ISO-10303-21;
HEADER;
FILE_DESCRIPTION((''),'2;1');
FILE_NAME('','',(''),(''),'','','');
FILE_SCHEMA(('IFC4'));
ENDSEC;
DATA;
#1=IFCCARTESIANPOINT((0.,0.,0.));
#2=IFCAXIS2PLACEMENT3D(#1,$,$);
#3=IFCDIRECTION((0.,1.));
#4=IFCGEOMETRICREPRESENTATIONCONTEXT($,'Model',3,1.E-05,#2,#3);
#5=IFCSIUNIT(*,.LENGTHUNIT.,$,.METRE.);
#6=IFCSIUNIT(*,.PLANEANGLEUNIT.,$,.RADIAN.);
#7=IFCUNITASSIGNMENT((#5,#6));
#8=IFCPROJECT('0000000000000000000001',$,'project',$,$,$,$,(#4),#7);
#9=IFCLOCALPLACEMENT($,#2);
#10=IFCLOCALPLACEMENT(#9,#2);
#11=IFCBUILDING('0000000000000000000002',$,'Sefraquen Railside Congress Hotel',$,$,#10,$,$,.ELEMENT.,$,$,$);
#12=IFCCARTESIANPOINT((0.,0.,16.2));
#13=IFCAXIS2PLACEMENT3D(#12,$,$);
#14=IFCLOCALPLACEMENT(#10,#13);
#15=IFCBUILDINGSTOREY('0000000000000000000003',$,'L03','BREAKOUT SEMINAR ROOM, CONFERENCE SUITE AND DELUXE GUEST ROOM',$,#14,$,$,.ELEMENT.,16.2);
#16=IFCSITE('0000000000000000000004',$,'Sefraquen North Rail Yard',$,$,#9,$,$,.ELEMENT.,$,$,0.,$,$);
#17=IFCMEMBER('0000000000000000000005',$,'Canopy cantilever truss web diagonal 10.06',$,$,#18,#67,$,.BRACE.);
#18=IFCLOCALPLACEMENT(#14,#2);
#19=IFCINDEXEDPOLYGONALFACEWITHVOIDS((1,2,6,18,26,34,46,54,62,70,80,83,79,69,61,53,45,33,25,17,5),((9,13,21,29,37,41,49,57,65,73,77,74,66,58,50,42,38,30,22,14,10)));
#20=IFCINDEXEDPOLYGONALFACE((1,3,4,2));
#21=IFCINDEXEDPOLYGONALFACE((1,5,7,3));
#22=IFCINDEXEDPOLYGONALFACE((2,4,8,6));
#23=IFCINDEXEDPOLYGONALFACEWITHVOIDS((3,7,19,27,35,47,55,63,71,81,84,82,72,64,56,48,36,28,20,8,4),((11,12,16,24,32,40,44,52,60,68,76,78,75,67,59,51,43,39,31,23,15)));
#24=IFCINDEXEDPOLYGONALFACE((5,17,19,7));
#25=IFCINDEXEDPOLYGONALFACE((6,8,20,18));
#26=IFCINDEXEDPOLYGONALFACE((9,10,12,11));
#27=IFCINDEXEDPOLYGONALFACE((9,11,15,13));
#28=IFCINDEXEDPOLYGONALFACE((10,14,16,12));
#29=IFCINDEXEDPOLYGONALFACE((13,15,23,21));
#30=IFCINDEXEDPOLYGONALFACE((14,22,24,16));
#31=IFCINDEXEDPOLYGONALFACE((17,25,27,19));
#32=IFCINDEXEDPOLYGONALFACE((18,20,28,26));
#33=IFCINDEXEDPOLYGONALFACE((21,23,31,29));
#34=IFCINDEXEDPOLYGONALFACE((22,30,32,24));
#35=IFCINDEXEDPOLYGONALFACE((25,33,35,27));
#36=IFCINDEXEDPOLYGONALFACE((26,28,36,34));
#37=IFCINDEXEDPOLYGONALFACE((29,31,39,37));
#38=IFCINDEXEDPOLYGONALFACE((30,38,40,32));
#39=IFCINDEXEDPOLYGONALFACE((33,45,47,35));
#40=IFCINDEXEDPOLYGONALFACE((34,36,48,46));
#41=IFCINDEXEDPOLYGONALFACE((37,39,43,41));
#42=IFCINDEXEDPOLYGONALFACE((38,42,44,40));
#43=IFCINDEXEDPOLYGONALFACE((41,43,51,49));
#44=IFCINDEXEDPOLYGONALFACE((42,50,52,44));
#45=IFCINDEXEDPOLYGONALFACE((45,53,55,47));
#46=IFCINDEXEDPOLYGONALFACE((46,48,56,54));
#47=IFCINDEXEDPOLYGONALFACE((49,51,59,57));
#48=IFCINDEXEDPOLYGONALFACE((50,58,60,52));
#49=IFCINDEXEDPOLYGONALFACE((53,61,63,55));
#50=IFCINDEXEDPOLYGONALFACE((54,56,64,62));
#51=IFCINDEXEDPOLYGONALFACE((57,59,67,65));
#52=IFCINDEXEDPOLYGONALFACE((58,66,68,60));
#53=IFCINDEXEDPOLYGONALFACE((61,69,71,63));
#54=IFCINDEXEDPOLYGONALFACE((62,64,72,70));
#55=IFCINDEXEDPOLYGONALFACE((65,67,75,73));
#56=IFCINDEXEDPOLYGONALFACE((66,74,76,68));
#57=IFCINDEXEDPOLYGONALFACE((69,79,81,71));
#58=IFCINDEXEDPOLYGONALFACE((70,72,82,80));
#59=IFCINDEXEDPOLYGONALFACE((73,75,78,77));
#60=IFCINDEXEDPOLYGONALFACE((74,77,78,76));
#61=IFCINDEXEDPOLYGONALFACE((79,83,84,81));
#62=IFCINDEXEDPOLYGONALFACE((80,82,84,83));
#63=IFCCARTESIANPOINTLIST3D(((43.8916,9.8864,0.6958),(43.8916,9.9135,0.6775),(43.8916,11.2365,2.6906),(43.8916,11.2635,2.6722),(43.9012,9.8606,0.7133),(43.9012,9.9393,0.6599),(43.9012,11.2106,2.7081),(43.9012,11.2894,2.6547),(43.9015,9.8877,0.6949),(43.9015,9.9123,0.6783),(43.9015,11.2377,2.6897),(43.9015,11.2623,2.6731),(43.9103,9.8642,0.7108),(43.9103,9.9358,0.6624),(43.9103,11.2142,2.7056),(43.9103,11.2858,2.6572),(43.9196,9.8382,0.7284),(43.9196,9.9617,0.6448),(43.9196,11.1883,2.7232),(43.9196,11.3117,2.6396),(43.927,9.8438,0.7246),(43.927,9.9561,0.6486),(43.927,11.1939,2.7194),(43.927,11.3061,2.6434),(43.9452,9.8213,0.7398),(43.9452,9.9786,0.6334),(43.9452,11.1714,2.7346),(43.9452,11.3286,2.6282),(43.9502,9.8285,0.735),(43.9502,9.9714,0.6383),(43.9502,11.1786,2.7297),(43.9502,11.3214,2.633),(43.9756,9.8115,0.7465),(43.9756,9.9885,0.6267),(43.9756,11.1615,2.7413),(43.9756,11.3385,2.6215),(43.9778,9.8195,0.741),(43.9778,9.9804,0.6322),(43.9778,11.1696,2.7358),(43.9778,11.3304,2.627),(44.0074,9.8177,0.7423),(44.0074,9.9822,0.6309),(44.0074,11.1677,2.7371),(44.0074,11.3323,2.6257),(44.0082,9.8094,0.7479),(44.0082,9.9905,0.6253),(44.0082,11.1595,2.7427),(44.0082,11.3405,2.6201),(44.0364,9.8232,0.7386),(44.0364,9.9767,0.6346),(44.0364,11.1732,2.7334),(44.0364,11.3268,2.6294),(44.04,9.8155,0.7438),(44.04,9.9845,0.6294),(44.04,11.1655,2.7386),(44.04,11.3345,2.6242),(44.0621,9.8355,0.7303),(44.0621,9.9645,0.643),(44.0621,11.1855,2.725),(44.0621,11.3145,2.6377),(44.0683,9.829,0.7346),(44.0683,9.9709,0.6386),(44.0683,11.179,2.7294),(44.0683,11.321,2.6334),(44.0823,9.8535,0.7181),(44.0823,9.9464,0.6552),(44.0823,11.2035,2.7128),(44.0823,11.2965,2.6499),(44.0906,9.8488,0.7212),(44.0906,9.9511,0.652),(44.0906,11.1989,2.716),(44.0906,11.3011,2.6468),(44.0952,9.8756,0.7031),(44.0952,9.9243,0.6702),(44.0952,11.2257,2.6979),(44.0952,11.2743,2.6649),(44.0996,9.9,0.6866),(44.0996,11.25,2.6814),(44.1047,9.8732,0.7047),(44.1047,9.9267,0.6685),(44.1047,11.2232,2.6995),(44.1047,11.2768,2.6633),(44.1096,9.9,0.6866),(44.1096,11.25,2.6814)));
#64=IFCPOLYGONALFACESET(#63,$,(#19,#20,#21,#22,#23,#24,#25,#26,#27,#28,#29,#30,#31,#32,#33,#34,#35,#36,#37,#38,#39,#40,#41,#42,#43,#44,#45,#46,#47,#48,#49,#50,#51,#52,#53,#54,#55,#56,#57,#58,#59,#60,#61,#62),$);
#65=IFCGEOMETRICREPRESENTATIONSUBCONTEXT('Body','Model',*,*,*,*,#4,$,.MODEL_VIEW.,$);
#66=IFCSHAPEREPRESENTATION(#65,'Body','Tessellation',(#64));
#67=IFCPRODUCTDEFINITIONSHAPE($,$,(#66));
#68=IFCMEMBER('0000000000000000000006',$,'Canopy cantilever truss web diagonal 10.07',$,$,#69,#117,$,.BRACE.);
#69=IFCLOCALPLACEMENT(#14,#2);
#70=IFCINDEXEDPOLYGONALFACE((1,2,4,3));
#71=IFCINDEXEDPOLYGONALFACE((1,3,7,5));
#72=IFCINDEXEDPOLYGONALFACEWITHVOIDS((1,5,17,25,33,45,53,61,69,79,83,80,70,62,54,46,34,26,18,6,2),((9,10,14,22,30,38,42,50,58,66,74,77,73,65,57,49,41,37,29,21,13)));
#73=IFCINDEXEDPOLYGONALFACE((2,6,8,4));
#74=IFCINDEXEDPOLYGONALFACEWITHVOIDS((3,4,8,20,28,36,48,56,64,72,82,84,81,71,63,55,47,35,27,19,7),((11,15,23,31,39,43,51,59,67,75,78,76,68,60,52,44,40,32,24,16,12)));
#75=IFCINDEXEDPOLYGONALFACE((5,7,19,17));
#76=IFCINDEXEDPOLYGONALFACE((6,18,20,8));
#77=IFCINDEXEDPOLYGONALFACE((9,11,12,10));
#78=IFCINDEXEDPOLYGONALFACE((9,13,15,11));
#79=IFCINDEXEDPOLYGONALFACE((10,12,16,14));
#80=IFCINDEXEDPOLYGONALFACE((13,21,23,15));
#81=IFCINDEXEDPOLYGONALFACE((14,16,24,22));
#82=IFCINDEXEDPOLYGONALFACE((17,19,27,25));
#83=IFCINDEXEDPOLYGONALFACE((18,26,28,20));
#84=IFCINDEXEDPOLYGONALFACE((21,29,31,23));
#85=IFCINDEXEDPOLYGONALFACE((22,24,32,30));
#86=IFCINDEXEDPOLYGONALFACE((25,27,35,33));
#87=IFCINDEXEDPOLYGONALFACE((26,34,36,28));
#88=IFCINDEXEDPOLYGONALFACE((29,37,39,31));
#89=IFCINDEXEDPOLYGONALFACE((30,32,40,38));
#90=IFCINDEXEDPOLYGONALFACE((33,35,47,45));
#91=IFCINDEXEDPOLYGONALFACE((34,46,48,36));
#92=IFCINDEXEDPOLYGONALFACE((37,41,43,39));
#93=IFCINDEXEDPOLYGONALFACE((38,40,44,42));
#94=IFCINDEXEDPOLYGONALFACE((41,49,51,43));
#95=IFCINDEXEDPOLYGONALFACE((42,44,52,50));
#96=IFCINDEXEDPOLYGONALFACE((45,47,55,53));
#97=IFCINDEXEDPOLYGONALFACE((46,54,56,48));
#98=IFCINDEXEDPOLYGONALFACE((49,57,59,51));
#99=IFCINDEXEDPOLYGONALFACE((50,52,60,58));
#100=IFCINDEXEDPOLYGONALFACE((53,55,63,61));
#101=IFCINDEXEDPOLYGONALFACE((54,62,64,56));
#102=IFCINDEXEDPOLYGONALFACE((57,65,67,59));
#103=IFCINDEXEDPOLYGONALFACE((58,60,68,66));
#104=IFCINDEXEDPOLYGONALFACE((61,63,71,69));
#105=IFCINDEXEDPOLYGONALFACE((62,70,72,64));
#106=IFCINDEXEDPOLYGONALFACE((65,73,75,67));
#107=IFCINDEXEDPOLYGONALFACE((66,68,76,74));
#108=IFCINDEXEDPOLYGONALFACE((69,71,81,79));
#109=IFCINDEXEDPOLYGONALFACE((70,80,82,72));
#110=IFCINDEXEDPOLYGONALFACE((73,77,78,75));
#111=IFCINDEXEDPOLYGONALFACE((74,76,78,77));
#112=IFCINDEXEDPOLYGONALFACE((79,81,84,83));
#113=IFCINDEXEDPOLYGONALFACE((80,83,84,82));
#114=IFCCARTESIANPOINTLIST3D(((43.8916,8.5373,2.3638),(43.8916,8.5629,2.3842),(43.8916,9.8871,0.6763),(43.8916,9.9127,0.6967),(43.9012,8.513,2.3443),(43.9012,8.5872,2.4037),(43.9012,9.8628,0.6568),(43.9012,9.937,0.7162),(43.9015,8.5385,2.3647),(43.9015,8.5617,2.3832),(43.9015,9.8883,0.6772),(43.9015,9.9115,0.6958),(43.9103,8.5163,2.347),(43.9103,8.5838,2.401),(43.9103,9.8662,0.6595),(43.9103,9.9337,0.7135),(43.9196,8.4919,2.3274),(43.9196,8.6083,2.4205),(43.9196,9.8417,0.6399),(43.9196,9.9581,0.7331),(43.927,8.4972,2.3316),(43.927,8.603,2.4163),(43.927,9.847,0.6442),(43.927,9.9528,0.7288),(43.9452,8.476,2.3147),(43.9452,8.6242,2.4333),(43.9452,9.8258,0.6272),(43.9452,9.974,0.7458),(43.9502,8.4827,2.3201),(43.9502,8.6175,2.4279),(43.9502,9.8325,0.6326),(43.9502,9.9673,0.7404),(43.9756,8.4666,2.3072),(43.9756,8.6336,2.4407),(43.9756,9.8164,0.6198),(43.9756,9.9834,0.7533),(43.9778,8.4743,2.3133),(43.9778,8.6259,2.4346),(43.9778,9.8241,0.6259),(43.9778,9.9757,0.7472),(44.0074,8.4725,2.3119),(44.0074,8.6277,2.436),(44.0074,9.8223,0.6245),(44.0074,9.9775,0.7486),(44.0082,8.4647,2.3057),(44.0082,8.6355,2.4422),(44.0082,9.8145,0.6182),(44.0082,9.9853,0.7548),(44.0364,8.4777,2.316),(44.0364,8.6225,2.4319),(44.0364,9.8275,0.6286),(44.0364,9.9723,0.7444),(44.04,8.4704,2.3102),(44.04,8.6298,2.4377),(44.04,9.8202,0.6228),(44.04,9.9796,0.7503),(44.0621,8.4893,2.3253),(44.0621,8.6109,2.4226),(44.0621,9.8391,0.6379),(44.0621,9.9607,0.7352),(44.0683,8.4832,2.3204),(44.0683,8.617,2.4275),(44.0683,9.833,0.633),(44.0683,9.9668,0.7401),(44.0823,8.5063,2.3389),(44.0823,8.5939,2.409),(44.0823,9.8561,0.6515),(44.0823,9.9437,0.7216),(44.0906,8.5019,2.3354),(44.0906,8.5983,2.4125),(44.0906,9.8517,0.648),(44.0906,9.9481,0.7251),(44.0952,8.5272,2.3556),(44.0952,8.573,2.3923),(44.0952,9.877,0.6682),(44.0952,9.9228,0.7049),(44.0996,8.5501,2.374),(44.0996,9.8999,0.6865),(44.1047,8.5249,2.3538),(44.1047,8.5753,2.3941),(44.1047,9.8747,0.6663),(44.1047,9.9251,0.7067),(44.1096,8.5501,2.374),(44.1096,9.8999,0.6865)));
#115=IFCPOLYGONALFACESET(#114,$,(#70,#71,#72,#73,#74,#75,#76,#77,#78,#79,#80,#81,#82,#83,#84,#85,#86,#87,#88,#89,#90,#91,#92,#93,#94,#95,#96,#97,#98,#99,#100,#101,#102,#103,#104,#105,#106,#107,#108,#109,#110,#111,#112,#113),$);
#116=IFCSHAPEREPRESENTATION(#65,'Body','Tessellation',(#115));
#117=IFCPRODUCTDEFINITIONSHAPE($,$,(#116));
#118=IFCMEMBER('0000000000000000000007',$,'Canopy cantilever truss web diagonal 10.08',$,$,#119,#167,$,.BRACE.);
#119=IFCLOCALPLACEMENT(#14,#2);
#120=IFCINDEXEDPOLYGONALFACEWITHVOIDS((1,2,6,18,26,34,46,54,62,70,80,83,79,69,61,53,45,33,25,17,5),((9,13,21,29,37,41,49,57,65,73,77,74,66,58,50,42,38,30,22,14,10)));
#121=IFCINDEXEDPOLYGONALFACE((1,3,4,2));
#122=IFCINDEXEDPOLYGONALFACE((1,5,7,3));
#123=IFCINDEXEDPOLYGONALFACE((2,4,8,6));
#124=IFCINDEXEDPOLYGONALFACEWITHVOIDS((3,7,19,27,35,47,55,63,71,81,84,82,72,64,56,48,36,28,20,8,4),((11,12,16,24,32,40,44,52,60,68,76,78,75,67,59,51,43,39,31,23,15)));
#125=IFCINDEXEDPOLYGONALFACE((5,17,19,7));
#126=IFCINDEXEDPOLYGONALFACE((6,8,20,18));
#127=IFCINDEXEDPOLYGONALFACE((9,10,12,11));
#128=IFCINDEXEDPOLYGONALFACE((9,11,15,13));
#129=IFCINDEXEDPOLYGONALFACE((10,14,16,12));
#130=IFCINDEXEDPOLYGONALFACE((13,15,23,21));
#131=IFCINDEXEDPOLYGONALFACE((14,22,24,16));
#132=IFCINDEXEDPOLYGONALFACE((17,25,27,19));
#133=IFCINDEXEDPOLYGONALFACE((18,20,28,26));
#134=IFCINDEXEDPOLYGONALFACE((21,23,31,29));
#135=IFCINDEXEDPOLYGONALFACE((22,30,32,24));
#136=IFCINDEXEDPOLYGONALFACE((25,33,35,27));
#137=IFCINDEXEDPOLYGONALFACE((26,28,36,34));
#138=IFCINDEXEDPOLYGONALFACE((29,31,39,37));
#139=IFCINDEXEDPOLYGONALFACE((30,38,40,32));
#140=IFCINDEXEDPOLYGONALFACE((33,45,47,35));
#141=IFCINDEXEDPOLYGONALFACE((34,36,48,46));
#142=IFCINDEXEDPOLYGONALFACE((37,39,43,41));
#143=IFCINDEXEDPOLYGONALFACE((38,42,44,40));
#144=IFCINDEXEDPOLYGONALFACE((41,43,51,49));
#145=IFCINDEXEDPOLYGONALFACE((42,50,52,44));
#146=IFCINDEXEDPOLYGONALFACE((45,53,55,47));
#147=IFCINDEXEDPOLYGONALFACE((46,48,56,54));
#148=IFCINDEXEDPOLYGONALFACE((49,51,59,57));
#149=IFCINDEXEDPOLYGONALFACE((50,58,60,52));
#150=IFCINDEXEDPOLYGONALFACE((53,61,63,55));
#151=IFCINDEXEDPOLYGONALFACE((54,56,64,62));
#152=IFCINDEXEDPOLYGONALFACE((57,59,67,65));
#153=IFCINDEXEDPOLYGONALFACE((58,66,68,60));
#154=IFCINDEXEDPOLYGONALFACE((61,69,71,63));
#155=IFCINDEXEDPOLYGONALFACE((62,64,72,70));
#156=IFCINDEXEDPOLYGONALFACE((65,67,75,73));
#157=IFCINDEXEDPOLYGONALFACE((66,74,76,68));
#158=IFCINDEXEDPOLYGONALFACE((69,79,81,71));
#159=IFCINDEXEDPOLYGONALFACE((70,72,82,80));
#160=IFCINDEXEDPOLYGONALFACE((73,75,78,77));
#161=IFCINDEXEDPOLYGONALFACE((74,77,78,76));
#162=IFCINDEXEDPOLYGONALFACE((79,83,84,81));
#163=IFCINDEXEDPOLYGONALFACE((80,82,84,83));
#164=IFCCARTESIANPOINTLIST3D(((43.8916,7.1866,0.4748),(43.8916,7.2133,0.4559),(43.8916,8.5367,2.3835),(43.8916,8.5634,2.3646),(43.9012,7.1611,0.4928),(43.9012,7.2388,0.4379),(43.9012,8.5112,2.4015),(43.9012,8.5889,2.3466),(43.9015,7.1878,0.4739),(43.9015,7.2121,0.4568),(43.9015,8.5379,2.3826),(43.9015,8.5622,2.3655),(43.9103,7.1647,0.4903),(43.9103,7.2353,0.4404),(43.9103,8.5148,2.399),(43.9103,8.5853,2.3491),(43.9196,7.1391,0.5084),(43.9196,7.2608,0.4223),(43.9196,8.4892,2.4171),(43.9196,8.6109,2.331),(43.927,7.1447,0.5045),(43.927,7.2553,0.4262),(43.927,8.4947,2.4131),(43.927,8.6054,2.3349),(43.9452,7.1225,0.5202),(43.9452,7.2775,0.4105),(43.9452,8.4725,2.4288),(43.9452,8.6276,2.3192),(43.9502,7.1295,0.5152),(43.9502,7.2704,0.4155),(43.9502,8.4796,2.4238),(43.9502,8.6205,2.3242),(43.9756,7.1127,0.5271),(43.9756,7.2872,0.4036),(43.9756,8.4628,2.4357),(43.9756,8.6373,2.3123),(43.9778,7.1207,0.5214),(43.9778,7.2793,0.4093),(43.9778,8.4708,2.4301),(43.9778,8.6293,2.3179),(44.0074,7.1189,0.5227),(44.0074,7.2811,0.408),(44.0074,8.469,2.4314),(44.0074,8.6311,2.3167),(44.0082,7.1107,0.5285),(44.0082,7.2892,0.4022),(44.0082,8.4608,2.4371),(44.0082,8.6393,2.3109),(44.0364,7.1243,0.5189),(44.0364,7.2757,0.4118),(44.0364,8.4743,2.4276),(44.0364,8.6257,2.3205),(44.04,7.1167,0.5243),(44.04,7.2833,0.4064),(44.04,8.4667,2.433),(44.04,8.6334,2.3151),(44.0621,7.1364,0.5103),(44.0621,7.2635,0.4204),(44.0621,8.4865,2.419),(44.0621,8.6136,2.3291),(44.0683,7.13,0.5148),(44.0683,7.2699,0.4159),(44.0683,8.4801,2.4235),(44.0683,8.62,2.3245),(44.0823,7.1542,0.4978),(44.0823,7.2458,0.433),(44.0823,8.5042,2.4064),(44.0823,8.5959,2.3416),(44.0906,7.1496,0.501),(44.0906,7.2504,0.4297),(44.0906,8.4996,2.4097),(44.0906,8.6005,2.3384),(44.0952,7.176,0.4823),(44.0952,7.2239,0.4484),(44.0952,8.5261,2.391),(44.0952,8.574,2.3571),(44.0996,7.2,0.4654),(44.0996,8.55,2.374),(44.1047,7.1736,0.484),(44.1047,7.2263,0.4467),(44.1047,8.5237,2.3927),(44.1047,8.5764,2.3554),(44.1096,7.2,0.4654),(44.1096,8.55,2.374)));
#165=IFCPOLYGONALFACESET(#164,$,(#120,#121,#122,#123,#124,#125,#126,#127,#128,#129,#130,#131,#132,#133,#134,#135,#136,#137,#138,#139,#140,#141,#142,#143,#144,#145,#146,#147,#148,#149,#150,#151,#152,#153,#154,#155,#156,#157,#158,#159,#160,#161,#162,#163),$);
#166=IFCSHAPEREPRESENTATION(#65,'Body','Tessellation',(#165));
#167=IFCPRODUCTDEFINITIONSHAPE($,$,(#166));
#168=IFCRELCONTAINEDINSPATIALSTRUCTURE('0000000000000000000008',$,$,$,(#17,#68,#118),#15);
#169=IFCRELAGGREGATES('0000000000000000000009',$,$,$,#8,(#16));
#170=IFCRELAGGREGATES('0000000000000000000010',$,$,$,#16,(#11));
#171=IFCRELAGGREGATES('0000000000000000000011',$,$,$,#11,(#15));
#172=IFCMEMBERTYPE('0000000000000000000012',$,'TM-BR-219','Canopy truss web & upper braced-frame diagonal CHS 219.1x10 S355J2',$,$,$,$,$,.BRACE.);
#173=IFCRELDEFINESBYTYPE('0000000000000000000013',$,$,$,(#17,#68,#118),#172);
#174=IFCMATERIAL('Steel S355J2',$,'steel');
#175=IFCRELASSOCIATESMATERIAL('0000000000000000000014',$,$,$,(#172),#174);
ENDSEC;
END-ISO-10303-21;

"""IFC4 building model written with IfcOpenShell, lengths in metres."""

from ifc_helpers import new_model, si_unit, direction, frame, origin, origin_2d, place, context, subcontext, project, spatial, hollow_circle, extrude, material, material_profile, profile_set, type_object, element, save


model = new_model("IFC4")

# Units and contexts
model_context = context("Model", 3, precision=1e-05, world=origin(), true_north=direction((0.0, 1.0)))
body_context = subcontext(model_context, "Body", "Model", "MODEL_VIEW")
ifc_project = project(units=[si_unit("LENGTHUNIT", "METRE"), si_unit("PLANEANGLEUNIT", "RADIAN")], contexts=[model_context])

# Site, building, storey
site_placement = place(None, origin())
site = spatial("IfcSite", under=ifc_project, at=site_placement, Name="Sefraquen North Rail Yard", CompositionType="ELEMENT", RefElevation=0.0)
building_placement = place(site_placement, origin())
building = spatial("IfcBuilding", under=site, at=building_placement, Name="Sefraquen Railside Congress Hotel", CompositionType="ELEMENT")
storey_placement = place(building_placement, frame((0.0, 0.0, 16.2)))
storey = spatial("IfcBuildingStorey", under=building, at=storey_placement, Name="L03", Description="BREAKOUT SEMINAR ROOM, CONFERENCE SUITE AND DELUXE GUEST ROOM", CompositionType="ELEMENT", Elevation=16.2)

# Members
ifc_material_1 = material(Name="Steel S355J2", Category="steel")
ifc_material_profile_1 = material_profile(ifc_material_1, hollow_circle(Radius=0.1096, WallThickness=0.01, at=origin_2d()), Name="CHS 219.1x10")
ifc_profile_set_1 = profile_set([ifc_material_profile_1], Name="Steel S355J2")
member_type_1 = type_object("IfcMemberType", Name="TM-BR-219", Description="Canopy truss web & upper braced-frame diagonal CHS 219.1x10 S355J2", PredefinedType="BRACE", material=ifc_profile_set_1)
member_1_placement = place(storey_placement, frame((44.0, 11.25, 2.6814), z_axis=(0.0, -0.560487, -0.828163), x_axis=(1.0, 0.0, 0.0)))
element("IfcMember", 1, at=member_1_placement, inside=storey, type_object=member_type_1, Name="Canopy cantilever truss web diagonal 10.06", PredefinedType="BRACE", context=body_context, shape_type="SweptSolid", body=[
    extrude(hollow_circle(Radius=0.1096, WallThickness=0.01, at=origin_2d()), origin(), (0.0, 0.0, 1.0), 2.4087),
])
member_2_placement = place(storey_placement, frame((44.0, 9.8999, 0.6865), z_axis=(0.0, -0.624654, 0.780902), x_axis=(1.0, 0.0, 0.0)))
element("IfcMember", 2, at=member_2_placement, inside=storey, type_object=member_type_1, Name="Canopy cantilever truss web diagonal 10.07", PredefinedType="BRACE", context=body_context, shape_type="SweptSolid", body=[
    extrude(hollow_circle(Radius=0.1096, WallThickness=0.01, at=origin_2d()), origin(), (0.0, 0.0, 1.0), 2.1609),
])
member_3_placement = place(storey_placement, frame((44.0, 8.55, 2.374), z_axis=(0.0, -0.577478, -0.816406), x_axis=(1.0, 0.0, 0.0)))
element("IfcMember", 3, at=member_3_placement, inside=storey, type_object=member_type_1, Name="Canopy cantilever truss web diagonal 10.08", PredefinedType="BRACE", context=body_context, shape_type="SweptSolid", body=[
    extrude(hollow_circle(Radius=0.1096, WallThickness=0.01, at=origin_2d()), origin(), (0.0, 0.0, 1.0), 2.3379),
])

save(model, "model.ifc")
